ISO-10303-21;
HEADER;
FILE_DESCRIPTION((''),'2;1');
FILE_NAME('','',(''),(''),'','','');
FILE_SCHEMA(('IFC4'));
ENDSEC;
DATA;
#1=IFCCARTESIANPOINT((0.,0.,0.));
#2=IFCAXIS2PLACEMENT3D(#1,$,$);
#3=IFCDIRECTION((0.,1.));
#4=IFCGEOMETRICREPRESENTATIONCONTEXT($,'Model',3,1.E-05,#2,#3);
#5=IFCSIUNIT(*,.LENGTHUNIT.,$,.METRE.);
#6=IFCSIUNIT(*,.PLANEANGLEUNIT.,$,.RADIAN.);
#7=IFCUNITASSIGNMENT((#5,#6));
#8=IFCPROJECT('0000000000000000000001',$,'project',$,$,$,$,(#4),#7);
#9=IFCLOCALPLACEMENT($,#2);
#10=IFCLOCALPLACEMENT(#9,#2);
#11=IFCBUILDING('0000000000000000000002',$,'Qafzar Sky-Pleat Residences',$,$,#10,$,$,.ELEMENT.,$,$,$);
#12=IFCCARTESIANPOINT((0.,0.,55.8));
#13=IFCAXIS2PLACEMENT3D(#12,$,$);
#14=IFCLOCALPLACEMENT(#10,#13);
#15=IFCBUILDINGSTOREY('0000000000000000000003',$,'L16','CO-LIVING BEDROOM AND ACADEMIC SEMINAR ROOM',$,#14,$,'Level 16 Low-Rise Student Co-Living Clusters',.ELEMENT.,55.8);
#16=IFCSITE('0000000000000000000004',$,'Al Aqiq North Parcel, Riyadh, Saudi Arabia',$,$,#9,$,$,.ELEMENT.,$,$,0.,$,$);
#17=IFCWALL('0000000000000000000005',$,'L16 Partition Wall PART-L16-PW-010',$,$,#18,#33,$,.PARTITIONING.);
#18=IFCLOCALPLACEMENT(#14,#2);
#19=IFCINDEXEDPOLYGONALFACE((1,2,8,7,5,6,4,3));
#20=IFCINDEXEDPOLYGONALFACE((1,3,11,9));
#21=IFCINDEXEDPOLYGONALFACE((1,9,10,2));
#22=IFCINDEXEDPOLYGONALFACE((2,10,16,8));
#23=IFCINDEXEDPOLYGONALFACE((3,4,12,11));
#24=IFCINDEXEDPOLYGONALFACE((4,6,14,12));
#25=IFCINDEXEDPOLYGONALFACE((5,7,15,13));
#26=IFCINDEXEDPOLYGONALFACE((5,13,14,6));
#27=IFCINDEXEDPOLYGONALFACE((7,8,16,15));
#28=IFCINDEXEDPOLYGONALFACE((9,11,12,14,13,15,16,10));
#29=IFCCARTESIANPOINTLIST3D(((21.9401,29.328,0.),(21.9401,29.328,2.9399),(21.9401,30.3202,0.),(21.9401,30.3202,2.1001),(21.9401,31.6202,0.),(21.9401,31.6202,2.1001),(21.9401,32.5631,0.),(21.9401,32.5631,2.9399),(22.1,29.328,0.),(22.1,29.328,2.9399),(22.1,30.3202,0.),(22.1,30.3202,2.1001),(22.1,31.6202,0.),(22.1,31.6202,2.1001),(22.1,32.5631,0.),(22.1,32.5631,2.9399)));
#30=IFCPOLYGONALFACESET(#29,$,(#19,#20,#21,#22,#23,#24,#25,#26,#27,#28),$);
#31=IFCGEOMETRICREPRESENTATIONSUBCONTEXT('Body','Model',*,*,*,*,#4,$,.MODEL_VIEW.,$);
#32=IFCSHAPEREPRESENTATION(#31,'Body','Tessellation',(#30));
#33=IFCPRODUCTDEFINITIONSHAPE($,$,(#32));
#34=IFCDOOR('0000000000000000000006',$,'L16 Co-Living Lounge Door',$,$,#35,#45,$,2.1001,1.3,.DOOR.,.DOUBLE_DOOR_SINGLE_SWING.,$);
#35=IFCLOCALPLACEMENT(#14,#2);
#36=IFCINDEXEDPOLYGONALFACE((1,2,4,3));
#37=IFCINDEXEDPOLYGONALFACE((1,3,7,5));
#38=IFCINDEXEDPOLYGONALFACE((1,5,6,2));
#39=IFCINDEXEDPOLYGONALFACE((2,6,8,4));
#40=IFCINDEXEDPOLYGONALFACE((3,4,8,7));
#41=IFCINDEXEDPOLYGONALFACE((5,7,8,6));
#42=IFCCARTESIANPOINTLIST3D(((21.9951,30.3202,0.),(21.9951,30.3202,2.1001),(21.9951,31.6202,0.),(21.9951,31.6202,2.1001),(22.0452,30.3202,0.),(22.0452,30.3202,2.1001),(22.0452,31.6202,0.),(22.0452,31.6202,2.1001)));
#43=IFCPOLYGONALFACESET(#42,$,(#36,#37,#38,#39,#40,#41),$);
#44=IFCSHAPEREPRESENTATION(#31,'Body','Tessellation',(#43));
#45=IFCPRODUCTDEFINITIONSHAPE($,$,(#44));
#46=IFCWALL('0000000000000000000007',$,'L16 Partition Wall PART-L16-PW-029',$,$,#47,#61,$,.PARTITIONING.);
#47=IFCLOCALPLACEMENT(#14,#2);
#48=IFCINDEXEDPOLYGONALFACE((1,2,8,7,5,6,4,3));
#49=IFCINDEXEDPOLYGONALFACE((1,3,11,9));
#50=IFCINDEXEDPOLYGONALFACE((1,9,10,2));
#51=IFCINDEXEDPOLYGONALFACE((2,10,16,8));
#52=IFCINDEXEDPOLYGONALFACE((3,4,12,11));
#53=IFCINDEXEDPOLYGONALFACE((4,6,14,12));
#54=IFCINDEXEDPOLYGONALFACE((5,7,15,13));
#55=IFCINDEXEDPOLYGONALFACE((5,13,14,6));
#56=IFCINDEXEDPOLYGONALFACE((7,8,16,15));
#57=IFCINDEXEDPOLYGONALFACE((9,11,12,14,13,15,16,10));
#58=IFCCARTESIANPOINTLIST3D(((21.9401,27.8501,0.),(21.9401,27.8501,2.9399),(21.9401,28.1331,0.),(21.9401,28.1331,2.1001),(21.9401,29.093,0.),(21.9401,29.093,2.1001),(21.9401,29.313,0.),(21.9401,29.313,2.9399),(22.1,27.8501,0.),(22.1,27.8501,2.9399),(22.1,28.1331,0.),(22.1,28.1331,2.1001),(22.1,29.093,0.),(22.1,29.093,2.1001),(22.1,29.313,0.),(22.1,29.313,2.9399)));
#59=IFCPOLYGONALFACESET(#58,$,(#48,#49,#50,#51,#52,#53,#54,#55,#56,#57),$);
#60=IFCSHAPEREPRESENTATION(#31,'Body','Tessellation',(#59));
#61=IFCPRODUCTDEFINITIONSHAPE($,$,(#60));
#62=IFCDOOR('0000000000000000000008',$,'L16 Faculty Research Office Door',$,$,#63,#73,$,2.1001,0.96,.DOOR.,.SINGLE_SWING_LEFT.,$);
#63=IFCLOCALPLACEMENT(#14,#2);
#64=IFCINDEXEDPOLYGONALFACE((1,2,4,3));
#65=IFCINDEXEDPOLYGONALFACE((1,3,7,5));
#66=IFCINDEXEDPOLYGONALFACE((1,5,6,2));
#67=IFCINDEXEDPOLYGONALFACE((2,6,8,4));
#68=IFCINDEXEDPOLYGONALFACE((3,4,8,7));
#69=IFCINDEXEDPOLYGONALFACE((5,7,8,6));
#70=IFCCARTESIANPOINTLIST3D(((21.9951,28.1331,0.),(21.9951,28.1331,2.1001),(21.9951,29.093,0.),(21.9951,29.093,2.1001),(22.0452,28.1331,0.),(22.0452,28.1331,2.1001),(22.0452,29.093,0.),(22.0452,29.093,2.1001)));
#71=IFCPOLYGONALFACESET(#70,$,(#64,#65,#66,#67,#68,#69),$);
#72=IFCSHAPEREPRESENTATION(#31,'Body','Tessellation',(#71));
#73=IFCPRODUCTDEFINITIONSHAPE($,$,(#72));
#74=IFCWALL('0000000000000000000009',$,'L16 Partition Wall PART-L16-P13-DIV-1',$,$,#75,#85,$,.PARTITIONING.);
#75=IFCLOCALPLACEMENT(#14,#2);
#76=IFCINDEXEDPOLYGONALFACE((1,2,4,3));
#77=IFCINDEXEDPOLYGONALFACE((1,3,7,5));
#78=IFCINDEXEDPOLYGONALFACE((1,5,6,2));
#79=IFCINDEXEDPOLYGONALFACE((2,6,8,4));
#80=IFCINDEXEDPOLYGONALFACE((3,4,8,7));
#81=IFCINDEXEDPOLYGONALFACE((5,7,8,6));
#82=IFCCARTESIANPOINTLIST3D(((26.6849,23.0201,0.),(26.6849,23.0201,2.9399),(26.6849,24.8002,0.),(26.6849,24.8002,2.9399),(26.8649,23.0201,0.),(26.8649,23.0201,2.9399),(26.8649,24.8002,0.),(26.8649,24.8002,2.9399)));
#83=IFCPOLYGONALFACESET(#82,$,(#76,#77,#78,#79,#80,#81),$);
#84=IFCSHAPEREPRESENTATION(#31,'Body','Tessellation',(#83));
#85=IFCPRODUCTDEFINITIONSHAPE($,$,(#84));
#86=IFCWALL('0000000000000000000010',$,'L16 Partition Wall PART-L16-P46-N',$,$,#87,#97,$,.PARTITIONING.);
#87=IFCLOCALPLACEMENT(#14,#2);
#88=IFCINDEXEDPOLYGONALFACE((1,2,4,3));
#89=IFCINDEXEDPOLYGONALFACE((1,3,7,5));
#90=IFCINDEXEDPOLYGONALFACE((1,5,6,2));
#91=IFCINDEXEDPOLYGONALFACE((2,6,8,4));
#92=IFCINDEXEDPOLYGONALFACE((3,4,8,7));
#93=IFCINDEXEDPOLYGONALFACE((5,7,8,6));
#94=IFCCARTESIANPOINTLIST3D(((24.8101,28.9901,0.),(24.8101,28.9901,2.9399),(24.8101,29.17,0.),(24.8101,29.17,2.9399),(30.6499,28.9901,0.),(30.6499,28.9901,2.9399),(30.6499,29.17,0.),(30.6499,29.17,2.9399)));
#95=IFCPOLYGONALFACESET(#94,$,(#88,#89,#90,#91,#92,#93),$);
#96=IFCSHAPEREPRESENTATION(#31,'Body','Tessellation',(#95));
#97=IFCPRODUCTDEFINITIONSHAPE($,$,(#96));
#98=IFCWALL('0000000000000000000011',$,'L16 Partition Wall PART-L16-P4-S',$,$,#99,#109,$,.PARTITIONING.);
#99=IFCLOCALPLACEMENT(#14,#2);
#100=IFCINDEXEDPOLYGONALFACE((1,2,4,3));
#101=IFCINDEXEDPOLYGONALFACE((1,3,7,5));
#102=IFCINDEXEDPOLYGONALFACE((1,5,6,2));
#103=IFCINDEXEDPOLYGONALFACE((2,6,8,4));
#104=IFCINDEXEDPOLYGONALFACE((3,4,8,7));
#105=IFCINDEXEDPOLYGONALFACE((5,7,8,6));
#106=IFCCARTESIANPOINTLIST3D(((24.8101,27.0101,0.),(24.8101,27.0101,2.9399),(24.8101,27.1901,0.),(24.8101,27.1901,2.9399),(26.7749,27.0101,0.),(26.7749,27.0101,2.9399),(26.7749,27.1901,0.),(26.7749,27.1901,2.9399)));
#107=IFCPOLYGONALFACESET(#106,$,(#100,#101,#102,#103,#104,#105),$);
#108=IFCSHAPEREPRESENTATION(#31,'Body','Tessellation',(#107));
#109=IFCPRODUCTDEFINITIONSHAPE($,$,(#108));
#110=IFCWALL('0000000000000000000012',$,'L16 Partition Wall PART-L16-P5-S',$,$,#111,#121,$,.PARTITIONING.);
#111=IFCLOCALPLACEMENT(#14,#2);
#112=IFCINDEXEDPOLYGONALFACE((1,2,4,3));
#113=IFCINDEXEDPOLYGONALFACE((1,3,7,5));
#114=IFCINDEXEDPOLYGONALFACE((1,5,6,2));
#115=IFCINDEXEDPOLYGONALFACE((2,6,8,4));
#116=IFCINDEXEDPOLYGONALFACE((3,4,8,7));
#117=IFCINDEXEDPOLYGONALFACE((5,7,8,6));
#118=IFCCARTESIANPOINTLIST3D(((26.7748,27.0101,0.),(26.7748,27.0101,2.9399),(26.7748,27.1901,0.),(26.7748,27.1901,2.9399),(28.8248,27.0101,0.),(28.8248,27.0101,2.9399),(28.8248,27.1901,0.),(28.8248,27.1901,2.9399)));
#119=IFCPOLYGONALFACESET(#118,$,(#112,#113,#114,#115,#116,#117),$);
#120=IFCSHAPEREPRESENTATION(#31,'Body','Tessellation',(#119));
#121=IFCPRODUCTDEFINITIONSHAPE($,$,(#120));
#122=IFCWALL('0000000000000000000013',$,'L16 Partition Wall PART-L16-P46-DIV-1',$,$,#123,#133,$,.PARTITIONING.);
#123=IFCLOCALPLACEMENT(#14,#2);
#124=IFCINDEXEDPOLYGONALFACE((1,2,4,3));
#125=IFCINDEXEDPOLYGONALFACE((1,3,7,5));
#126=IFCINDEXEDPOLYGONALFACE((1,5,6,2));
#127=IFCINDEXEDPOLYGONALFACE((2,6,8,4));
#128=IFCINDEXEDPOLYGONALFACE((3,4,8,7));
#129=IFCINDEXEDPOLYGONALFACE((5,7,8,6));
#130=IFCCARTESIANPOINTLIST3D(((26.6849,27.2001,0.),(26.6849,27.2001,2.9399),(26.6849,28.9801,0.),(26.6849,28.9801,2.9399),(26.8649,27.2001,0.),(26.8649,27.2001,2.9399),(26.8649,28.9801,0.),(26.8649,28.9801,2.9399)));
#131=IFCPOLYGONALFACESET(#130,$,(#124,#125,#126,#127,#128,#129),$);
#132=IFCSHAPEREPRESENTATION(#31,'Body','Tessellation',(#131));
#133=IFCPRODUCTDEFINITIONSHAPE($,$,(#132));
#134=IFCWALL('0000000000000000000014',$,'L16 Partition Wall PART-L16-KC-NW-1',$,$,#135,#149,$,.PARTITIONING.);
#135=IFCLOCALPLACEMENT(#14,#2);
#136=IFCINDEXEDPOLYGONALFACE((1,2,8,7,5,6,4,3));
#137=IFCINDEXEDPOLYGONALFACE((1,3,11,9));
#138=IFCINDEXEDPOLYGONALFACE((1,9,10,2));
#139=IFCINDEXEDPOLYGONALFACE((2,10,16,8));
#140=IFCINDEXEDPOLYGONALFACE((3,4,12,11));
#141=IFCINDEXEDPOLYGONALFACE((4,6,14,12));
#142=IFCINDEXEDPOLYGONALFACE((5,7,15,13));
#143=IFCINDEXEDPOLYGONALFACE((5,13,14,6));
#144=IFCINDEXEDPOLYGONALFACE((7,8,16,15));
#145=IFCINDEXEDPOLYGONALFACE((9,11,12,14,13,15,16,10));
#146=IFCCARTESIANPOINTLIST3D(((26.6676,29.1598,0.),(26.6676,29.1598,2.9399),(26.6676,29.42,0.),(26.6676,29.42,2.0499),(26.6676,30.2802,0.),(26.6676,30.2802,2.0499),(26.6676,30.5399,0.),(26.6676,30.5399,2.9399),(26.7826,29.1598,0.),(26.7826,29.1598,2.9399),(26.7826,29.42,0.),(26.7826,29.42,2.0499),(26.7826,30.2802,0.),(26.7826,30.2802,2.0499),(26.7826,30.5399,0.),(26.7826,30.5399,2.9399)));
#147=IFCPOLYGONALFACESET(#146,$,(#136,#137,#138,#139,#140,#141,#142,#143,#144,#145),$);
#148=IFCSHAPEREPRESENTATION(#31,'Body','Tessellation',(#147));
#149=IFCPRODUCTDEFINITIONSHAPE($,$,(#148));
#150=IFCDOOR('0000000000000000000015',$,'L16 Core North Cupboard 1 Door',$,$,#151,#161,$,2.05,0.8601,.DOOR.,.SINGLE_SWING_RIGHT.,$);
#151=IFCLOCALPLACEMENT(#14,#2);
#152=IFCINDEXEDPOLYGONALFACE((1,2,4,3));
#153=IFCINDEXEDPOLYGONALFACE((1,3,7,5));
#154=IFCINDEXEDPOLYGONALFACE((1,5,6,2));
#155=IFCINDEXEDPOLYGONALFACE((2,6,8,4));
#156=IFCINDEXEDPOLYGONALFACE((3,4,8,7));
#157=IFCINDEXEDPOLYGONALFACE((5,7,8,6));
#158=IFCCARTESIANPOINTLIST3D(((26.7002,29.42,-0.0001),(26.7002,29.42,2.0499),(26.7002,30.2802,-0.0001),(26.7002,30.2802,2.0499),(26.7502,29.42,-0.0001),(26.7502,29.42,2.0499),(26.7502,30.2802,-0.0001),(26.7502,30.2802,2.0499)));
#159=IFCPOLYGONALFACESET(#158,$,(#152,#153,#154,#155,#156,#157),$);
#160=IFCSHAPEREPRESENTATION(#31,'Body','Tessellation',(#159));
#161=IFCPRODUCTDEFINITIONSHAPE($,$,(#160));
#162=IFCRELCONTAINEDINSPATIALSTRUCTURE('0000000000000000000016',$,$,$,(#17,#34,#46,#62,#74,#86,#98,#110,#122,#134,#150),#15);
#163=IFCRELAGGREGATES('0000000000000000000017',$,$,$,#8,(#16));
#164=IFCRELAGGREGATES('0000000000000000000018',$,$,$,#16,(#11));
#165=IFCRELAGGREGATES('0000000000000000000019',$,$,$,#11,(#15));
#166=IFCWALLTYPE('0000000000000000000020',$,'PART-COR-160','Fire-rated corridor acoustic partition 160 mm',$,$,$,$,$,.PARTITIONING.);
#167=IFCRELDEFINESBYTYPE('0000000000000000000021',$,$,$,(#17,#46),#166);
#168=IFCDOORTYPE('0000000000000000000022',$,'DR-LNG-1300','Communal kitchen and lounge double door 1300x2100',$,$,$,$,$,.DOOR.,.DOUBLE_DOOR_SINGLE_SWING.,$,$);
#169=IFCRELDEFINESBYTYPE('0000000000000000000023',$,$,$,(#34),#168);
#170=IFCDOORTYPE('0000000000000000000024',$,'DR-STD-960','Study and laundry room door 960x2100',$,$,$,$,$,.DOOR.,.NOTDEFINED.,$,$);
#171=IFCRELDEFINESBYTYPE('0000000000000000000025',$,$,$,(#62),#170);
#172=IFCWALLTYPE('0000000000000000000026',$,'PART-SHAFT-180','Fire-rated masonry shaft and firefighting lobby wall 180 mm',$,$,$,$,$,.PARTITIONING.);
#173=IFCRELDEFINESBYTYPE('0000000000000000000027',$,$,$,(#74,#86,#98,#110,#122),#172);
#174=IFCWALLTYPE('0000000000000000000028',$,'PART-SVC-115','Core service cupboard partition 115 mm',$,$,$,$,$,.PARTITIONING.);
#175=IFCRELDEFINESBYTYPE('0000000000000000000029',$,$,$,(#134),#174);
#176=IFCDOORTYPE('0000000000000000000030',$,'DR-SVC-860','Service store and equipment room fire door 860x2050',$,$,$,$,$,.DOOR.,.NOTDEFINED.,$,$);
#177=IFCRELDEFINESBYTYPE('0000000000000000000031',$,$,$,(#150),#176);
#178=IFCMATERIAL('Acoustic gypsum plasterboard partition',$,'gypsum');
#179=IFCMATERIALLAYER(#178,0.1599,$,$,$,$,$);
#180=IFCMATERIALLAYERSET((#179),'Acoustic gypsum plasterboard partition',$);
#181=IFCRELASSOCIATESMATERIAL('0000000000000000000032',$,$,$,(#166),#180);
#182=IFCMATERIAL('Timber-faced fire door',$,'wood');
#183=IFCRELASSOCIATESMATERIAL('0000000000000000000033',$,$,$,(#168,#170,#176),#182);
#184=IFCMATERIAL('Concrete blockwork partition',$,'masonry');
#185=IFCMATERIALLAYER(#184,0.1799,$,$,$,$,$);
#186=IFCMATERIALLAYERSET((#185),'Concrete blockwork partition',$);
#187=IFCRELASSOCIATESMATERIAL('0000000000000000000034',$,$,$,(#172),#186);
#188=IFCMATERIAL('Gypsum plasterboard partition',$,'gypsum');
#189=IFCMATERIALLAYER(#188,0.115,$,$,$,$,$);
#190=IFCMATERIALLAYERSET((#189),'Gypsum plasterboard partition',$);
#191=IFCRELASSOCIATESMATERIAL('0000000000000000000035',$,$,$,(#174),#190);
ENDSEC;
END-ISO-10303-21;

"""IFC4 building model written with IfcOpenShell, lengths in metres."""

from ifc_helpers import new_model, si_unit, direction, frame, frame_2d, origin, place, context, subcontext, project, spatial, rectangle, extrude, source, transform, mapped, material, layer, layer_set, type_object, element, fill, save


model = new_model("IFC4")

# Units and contexts
model_context = context("Model", 3, precision=1e-05, world=origin(), true_north=direction((0.0, 1.0)))
body_context = subcontext(model_context, "Body", "Model", "MODEL_VIEW")
ifc_project = project(units=[si_unit("LENGTHUNIT", "METRE"), si_unit("PLANEANGLEUNIT", "RADIAN")], contexts=[model_context])

# Site, building, storey
site_placement = place(None, origin())
site = spatial("IfcSite", under=ifc_project, at=site_placement, Name="Al Aqiq North Parcel, Riyadh, Saudi Arabia", CompositionType="ELEMENT", RefElevation=0.0)
building_placement = place(site_placement, origin())
building = spatial("IfcBuilding", under=site, at=building_placement, Name="Qafzar Sky-Pleat Residences", CompositionType="ELEMENT")
storey_placement = place(building_placement, frame((0.0, 0.0, 55.8)))
storey = spatial("IfcBuildingStorey", under=building, at=storey_placement, Name="L16", Description="CO-LIVING BEDROOM AND ACADEMIC SEMINAR ROOM", LongName="Level 16 Low-Rise Student Co-Living Clusters", CompositionType="ELEMENT", Elevation=55.8)

# Walls, openings, doors
ifc_material_1 = material(Name="Acoustic gypsum plasterboard partition", Category="gypsum")
ifc_layer_1 = layer(ifc_material_1, 0.1599)
ifc_layer_set_1 = layer_set([ifc_layer_1], Name="Acoustic gypsum plasterboard partition")
wall_type_1 = type_object("IfcWallType", Name="PART-COR-160", Description="Fire-rated corridor acoustic partition 160 mm", PredefinedType="PARTITIONING", material=ifc_layer_set_1)
wall_1_placement = place(storey_placement, frame((22.02, 29.3279, 0.0), z_axis=(0.0, 0.0, 1.0), x_axis=(0.0, 1.0, 0.0)))
wall_1 = element("IfcWall", 1, at=wall_1_placement, inside=storey, type_object=wall_type_1, Name="L16 Partition Wall PART-L16-PW-010", PredefinedType="PARTITIONING", context=body_context, shape_type="SweptSolid", body=[
    extrude(rectangle(XDim=3.2351, YDim=0.1599, at=frame_2d((1.6177, 0.0))), origin(), (0.0, 0.0, 1.0), 2.9399),
])
opening_1_placement = place(wall_1_placement, frame((0.9924, 0.0, 0.0)))
opening_1 = element("IfcOpeningElement", 2, at=opening_1_placement, cuts=wall_1, PredefinedType="OPENING", context=body_context, shape_type="SweptSolid", body=[
    extrude(rectangle(XDim=1.3, YDim=2.1001, at=frame_2d((0.6499, 1.05))), frame((0.0, 0.0898, 0.0), z_axis=(0.0, -1.0, 0.0), x_axis=(1.0, 0.0, 0.0)), (0.0, 0.0, 1.0), 0.1799),
])
ifc_material_2 = material(Name="Timber-faced fire door", Category="wood")
door_type_1 = type_object("IfcDoorType", Name="DR-LNG-1300", Description="Communal kitchen and lounge double door 1300x2100", OperationType="DOUBLE_DOOR_SINGLE_SWING", PredefinedType="DOOR", material=ifc_material_2)
shared_shape_1 = source(origin(), body_context, "Body", "SweptSolid", [
    extrude(rectangle(XDim=1.3, YDim=2.1001, at=frame_2d((0.6499, 1.05))), frame((0.0, 0.0249, 0.0), z_axis=(0.0, -1.0, 0.0), x_axis=(1.0, 0.0, 0.0)), (0.0, 0.0, 1.0), 0.05),
])
door_1_placement = place(opening_1_placement, origin())
door_1 = element("IfcDoor", 3, at=door_1_placement, inside=storey, type_object=door_type_1, Name="L16 Co-Living Lounge Door", OperationType="DOUBLE_DOOR_SINGLE_SWING", OverallHeight=2.1001, OverallWidth=1.3, PredefinedType="DOOR", context=body_context, shape_type="MappedRepresentation", body=[
    mapped(shared_shape_1, transform((0.0, 0.0, 0.0), x_axis=(1.0, 0.0, 0.0), y_axis=(0.0, 1.0, 0.0), z_axis=(0.0, 0.0, 1.0), scale=1.0)),
])
fill(opening_1, door_1)
wall_2_placement = place(storey_placement, frame((22.02, 27.8501, 0.0), z_axis=(0.0, 0.0, 1.0), x_axis=(0.0, 1.0, 0.0)))
wall_2 = element("IfcWall", 4, at=wall_2_placement, inside=storey, type_object=wall_type_1, Name="L16 Partition Wall PART-L16-PW-029", PredefinedType="PARTITIONING", context=body_context, shape_type="SweptSolid", body=[
    extrude(rectangle(XDim=1.4629, YDim=0.1599, at=frame_2d((0.7314, 0.0))), origin(), (0.0, 0.0, 1.0), 2.9399),
])
opening_2_placement = place(wall_2_placement, frame((0.283, 0.0, 0.0)))
opening_2 = element("IfcOpeningElement", 5, at=opening_2_placement, cuts=wall_2, PredefinedType="OPENING", context=body_context, shape_type="SweptSolid", body=[
    extrude(rectangle(XDim=0.96, YDim=2.1001, at=frame_2d((0.48, 1.05))), frame((0.0, 0.0898, 0.0), z_axis=(0.0, -1.0, 0.0), x_axis=(1.0, 0.0, 0.0)), (0.0, 0.0, 1.0), 0.1799),
])
door_type_2 = type_object("IfcDoorType", Name="DR-STD-960", Description="Study and laundry room door 960x2100", OperationType="NOTDEFINED", PredefinedType="DOOR", material=ifc_material_2)
shared_shape_2 = source(origin(), body_context, "Body", "SweptSolid", [
    extrude(rectangle(XDim=0.96, YDim=2.1001, at=frame_2d((0.48, 1.05))), frame((0.0, 0.0249, 0.0), z_axis=(0.0, -1.0, 0.0), x_axis=(1.0, 0.0, 0.0)), (0.0, 0.0, 1.0), 0.05),
])
door_2_placement = place(opening_2_placement, origin())
door_2 = element("IfcDoor", 6, at=door_2_placement, inside=storey, type_object=door_type_2, Name="L16 Faculty Research Office Door", OperationType="SINGLE_SWING_LEFT", OverallHeight=2.1001, OverallWidth=0.96, PredefinedType="DOOR", context=body_context, shape_type="MappedRepresentation", body=[
    mapped(shared_shape_2, transform((0.0, 0.0, 0.0), x_axis=(1.0, 0.0, 0.0), y_axis=(0.0, 1.0, 0.0), z_axis=(0.0, 0.0, 1.0), scale=1.0)),
])
fill(opening_2, door_2)
ifc_material_3 = material(Name="Concrete blockwork partition", Category="masonry")
ifc_layer_2 = layer(ifc_material_3, 0.1799)
ifc_layer_set_2 = layer_set([ifc_layer_2], Name="Concrete blockwork partition")
wall_type_2 = type_object("IfcWallType", Name="PART-SHAFT-180", Description="Fire-rated masonry shaft and firefighting lobby wall 180 mm", PredefinedType="PARTITIONING", material=ifc_layer_set_2)

# Walls
wall_3_placement = place(storey_placement, frame((26.7749, 23.02, 0.0), z_axis=(0.0, 0.0, 1.0), x_axis=(0.0, 1.0, 0.0)))
element("IfcWall", 7, at=wall_3_placement, inside=storey, type_object=wall_type_2, Name="L16 Partition Wall PART-L16-P13-DIV-1", PredefinedType="PARTITIONING", context=body_context, shape_type="SweptSolid", body=[
    extrude(rectangle(XDim=1.78, YDim=0.1799, at=frame_2d((0.8901, 0.0))), origin(), (0.0, 0.0, 1.0), 2.9399),
])
wall_4_placement = place(storey_placement, frame((24.8101, 29.0801, 0.0), z_axis=(0.0, 0.0, 1.0), x_axis=(1.0, 0.0, 0.0)))
element("IfcWall", 8, at=wall_4_placement, inside=storey, type_object=wall_type_2, Name="L16 Partition Wall PART-L16-P46-N", PredefinedType="PARTITIONING", context=body_context, shape_type="SweptSolid", body=[
    extrude(rectangle(XDim=5.8398, YDim=0.1799, at=frame_2d((2.9199, 0.0))), origin(), (0.0, 0.0, 1.0), 2.9399),
])
wall_5_placement = place(storey_placement, frame((24.8101, 27.1001, 0.0), z_axis=(0.0, 0.0, 1.0), x_axis=(1.0, 0.0, 0.0)))
element("IfcWall", 9, at=wall_5_placement, inside=storey, type_object=wall_type_2, Name="L16 Partition Wall PART-L16-P4-S", PredefinedType="PARTITIONING", context=body_context, shape_type="SweptSolid", body=[
    extrude(rectangle(XDim=1.9648, YDim=0.1799, at=frame_2d((0.9824, 0.0))), origin(), (0.0, 0.0, 1.0), 2.9399),
])
wall_6_placement = place(storey_placement, frame((26.7749, 27.1001, 0.0), z_axis=(0.0, 0.0, 1.0), x_axis=(1.0, 0.0, 0.0)))
element("IfcWall", 10, at=wall_6_placement, inside=storey, type_object=wall_type_2, Name="L16 Partition Wall PART-L16-P5-S", PredefinedType="PARTITIONING", context=body_context, shape_type="SweptSolid", body=[
    extrude(rectangle(XDim=2.05, YDim=0.1799, at=frame_2d((1.0249, 0.0))), origin(), (0.0, 0.0, 1.0), 2.9399),
])
wall_7_placement = place(storey_placement, frame((26.7749, 27.2, 0.0), z_axis=(0.0, 0.0, 1.0), x_axis=(0.0, 1.0, 0.0)))
element("IfcWall", 11, at=wall_7_placement, inside=storey, type_object=wall_type_2, Name="L16 Partition Wall PART-L16-P46-DIV-1", PredefinedType="PARTITIONING", context=body_context, shape_type="SweptSolid", body=[
    extrude(rectangle(XDim=1.78, YDim=0.1799, at=frame_2d((0.8901, 0.0))), origin(), (0.0, 0.0, 1.0), 2.9399),
])

# Wall, opening, door
ifc_material_4 = material(Name="Gypsum plasterboard partition", Category="gypsum")
ifc_layer_3 = layer(ifc_material_4, 0.115)
ifc_layer_set_3 = layer_set([ifc_layer_3], Name="Gypsum plasterboard partition")
wall_type_3 = type_object("IfcWallType", Name="PART-SVC-115", Description="Core service cupboard partition 115 mm", PredefinedType="PARTITIONING", material=ifc_layer_set_3)
wall_8_placement = place(storey_placement, frame((26.7251, 29.1599, 0.0), z_axis=(0.0, 0.0, 1.0), x_axis=(0.0, 1.0, 0.0)))
wall_8 = element("IfcWall", 12, at=wall_8_placement, inside=storey, type_object=wall_type_3, Name="L16 Partition Wall PART-L16-KC-NW-1", PredefinedType="PARTITIONING", context=body_context, shape_type="SweptSolid", body=[
    extrude(rectangle(XDim=1.3801, YDim=0.115, at=frame_2d((0.6899, 0.0))), origin(), (0.0, 0.0, 1.0), 2.9399),
])
opening_3_placement = place(wall_8_placement, frame((0.26, 0.0, 0.0)))
opening_3 = element("IfcOpeningElement", 13, at=opening_3_placement, cuts=wall_8, PredefinedType="OPENING", context=body_context, shape_type="SweptSolid", body=[
    extrude(rectangle(XDim=0.8601, YDim=2.05, at=frame_2d((0.4302, 1.0249))), frame((0.0, 0.0674, 0.0), z_axis=(0.0, -1.0, 0.0), x_axis=(1.0, 0.0, 0.0)), (0.0, 0.0, 1.0), 0.135),
])
door_type_3 = type_object("IfcDoorType", Name="DR-SVC-860", Description="Service store and equipment room fire door 860x2050", OperationType="NOTDEFINED", PredefinedType="DOOR", material=ifc_material_2)
shared_shape_3 = source(origin(), body_context, "Body", "SweptSolid", [
    extrude(rectangle(XDim=0.8601, YDim=2.05, at=frame_2d((0.4302, 1.0249))), frame((0.0, 0.0249, 0.0), z_axis=(0.0, -1.0, 0.0), x_axis=(1.0, 0.0, 0.0)), (0.0, 0.0, 1.0), 0.05),
])
door_3_placement = place(opening_3_placement, origin())
door_3 = element("IfcDoor", 14, at=door_3_placement, inside=storey, type_object=door_type_3, Name="L16 Core North Cupboard 1 Door", OperationType="SINGLE_SWING_RIGHT", OverallHeight=2.05, OverallWidth=0.8601, PredefinedType="DOOR", context=body_context, shape_type="MappedRepresentation", body=[
    mapped(shared_shape_3, transform((0.0, 0.0, 0.0), x_axis=(1.0, 0.0, 0.0), y_axis=(0.0, 1.0, 0.0), z_axis=(0.0, 0.0, 1.0), scale=1.0)),
])
fill(opening_3, door_3)

save(model, "model.ifc")
